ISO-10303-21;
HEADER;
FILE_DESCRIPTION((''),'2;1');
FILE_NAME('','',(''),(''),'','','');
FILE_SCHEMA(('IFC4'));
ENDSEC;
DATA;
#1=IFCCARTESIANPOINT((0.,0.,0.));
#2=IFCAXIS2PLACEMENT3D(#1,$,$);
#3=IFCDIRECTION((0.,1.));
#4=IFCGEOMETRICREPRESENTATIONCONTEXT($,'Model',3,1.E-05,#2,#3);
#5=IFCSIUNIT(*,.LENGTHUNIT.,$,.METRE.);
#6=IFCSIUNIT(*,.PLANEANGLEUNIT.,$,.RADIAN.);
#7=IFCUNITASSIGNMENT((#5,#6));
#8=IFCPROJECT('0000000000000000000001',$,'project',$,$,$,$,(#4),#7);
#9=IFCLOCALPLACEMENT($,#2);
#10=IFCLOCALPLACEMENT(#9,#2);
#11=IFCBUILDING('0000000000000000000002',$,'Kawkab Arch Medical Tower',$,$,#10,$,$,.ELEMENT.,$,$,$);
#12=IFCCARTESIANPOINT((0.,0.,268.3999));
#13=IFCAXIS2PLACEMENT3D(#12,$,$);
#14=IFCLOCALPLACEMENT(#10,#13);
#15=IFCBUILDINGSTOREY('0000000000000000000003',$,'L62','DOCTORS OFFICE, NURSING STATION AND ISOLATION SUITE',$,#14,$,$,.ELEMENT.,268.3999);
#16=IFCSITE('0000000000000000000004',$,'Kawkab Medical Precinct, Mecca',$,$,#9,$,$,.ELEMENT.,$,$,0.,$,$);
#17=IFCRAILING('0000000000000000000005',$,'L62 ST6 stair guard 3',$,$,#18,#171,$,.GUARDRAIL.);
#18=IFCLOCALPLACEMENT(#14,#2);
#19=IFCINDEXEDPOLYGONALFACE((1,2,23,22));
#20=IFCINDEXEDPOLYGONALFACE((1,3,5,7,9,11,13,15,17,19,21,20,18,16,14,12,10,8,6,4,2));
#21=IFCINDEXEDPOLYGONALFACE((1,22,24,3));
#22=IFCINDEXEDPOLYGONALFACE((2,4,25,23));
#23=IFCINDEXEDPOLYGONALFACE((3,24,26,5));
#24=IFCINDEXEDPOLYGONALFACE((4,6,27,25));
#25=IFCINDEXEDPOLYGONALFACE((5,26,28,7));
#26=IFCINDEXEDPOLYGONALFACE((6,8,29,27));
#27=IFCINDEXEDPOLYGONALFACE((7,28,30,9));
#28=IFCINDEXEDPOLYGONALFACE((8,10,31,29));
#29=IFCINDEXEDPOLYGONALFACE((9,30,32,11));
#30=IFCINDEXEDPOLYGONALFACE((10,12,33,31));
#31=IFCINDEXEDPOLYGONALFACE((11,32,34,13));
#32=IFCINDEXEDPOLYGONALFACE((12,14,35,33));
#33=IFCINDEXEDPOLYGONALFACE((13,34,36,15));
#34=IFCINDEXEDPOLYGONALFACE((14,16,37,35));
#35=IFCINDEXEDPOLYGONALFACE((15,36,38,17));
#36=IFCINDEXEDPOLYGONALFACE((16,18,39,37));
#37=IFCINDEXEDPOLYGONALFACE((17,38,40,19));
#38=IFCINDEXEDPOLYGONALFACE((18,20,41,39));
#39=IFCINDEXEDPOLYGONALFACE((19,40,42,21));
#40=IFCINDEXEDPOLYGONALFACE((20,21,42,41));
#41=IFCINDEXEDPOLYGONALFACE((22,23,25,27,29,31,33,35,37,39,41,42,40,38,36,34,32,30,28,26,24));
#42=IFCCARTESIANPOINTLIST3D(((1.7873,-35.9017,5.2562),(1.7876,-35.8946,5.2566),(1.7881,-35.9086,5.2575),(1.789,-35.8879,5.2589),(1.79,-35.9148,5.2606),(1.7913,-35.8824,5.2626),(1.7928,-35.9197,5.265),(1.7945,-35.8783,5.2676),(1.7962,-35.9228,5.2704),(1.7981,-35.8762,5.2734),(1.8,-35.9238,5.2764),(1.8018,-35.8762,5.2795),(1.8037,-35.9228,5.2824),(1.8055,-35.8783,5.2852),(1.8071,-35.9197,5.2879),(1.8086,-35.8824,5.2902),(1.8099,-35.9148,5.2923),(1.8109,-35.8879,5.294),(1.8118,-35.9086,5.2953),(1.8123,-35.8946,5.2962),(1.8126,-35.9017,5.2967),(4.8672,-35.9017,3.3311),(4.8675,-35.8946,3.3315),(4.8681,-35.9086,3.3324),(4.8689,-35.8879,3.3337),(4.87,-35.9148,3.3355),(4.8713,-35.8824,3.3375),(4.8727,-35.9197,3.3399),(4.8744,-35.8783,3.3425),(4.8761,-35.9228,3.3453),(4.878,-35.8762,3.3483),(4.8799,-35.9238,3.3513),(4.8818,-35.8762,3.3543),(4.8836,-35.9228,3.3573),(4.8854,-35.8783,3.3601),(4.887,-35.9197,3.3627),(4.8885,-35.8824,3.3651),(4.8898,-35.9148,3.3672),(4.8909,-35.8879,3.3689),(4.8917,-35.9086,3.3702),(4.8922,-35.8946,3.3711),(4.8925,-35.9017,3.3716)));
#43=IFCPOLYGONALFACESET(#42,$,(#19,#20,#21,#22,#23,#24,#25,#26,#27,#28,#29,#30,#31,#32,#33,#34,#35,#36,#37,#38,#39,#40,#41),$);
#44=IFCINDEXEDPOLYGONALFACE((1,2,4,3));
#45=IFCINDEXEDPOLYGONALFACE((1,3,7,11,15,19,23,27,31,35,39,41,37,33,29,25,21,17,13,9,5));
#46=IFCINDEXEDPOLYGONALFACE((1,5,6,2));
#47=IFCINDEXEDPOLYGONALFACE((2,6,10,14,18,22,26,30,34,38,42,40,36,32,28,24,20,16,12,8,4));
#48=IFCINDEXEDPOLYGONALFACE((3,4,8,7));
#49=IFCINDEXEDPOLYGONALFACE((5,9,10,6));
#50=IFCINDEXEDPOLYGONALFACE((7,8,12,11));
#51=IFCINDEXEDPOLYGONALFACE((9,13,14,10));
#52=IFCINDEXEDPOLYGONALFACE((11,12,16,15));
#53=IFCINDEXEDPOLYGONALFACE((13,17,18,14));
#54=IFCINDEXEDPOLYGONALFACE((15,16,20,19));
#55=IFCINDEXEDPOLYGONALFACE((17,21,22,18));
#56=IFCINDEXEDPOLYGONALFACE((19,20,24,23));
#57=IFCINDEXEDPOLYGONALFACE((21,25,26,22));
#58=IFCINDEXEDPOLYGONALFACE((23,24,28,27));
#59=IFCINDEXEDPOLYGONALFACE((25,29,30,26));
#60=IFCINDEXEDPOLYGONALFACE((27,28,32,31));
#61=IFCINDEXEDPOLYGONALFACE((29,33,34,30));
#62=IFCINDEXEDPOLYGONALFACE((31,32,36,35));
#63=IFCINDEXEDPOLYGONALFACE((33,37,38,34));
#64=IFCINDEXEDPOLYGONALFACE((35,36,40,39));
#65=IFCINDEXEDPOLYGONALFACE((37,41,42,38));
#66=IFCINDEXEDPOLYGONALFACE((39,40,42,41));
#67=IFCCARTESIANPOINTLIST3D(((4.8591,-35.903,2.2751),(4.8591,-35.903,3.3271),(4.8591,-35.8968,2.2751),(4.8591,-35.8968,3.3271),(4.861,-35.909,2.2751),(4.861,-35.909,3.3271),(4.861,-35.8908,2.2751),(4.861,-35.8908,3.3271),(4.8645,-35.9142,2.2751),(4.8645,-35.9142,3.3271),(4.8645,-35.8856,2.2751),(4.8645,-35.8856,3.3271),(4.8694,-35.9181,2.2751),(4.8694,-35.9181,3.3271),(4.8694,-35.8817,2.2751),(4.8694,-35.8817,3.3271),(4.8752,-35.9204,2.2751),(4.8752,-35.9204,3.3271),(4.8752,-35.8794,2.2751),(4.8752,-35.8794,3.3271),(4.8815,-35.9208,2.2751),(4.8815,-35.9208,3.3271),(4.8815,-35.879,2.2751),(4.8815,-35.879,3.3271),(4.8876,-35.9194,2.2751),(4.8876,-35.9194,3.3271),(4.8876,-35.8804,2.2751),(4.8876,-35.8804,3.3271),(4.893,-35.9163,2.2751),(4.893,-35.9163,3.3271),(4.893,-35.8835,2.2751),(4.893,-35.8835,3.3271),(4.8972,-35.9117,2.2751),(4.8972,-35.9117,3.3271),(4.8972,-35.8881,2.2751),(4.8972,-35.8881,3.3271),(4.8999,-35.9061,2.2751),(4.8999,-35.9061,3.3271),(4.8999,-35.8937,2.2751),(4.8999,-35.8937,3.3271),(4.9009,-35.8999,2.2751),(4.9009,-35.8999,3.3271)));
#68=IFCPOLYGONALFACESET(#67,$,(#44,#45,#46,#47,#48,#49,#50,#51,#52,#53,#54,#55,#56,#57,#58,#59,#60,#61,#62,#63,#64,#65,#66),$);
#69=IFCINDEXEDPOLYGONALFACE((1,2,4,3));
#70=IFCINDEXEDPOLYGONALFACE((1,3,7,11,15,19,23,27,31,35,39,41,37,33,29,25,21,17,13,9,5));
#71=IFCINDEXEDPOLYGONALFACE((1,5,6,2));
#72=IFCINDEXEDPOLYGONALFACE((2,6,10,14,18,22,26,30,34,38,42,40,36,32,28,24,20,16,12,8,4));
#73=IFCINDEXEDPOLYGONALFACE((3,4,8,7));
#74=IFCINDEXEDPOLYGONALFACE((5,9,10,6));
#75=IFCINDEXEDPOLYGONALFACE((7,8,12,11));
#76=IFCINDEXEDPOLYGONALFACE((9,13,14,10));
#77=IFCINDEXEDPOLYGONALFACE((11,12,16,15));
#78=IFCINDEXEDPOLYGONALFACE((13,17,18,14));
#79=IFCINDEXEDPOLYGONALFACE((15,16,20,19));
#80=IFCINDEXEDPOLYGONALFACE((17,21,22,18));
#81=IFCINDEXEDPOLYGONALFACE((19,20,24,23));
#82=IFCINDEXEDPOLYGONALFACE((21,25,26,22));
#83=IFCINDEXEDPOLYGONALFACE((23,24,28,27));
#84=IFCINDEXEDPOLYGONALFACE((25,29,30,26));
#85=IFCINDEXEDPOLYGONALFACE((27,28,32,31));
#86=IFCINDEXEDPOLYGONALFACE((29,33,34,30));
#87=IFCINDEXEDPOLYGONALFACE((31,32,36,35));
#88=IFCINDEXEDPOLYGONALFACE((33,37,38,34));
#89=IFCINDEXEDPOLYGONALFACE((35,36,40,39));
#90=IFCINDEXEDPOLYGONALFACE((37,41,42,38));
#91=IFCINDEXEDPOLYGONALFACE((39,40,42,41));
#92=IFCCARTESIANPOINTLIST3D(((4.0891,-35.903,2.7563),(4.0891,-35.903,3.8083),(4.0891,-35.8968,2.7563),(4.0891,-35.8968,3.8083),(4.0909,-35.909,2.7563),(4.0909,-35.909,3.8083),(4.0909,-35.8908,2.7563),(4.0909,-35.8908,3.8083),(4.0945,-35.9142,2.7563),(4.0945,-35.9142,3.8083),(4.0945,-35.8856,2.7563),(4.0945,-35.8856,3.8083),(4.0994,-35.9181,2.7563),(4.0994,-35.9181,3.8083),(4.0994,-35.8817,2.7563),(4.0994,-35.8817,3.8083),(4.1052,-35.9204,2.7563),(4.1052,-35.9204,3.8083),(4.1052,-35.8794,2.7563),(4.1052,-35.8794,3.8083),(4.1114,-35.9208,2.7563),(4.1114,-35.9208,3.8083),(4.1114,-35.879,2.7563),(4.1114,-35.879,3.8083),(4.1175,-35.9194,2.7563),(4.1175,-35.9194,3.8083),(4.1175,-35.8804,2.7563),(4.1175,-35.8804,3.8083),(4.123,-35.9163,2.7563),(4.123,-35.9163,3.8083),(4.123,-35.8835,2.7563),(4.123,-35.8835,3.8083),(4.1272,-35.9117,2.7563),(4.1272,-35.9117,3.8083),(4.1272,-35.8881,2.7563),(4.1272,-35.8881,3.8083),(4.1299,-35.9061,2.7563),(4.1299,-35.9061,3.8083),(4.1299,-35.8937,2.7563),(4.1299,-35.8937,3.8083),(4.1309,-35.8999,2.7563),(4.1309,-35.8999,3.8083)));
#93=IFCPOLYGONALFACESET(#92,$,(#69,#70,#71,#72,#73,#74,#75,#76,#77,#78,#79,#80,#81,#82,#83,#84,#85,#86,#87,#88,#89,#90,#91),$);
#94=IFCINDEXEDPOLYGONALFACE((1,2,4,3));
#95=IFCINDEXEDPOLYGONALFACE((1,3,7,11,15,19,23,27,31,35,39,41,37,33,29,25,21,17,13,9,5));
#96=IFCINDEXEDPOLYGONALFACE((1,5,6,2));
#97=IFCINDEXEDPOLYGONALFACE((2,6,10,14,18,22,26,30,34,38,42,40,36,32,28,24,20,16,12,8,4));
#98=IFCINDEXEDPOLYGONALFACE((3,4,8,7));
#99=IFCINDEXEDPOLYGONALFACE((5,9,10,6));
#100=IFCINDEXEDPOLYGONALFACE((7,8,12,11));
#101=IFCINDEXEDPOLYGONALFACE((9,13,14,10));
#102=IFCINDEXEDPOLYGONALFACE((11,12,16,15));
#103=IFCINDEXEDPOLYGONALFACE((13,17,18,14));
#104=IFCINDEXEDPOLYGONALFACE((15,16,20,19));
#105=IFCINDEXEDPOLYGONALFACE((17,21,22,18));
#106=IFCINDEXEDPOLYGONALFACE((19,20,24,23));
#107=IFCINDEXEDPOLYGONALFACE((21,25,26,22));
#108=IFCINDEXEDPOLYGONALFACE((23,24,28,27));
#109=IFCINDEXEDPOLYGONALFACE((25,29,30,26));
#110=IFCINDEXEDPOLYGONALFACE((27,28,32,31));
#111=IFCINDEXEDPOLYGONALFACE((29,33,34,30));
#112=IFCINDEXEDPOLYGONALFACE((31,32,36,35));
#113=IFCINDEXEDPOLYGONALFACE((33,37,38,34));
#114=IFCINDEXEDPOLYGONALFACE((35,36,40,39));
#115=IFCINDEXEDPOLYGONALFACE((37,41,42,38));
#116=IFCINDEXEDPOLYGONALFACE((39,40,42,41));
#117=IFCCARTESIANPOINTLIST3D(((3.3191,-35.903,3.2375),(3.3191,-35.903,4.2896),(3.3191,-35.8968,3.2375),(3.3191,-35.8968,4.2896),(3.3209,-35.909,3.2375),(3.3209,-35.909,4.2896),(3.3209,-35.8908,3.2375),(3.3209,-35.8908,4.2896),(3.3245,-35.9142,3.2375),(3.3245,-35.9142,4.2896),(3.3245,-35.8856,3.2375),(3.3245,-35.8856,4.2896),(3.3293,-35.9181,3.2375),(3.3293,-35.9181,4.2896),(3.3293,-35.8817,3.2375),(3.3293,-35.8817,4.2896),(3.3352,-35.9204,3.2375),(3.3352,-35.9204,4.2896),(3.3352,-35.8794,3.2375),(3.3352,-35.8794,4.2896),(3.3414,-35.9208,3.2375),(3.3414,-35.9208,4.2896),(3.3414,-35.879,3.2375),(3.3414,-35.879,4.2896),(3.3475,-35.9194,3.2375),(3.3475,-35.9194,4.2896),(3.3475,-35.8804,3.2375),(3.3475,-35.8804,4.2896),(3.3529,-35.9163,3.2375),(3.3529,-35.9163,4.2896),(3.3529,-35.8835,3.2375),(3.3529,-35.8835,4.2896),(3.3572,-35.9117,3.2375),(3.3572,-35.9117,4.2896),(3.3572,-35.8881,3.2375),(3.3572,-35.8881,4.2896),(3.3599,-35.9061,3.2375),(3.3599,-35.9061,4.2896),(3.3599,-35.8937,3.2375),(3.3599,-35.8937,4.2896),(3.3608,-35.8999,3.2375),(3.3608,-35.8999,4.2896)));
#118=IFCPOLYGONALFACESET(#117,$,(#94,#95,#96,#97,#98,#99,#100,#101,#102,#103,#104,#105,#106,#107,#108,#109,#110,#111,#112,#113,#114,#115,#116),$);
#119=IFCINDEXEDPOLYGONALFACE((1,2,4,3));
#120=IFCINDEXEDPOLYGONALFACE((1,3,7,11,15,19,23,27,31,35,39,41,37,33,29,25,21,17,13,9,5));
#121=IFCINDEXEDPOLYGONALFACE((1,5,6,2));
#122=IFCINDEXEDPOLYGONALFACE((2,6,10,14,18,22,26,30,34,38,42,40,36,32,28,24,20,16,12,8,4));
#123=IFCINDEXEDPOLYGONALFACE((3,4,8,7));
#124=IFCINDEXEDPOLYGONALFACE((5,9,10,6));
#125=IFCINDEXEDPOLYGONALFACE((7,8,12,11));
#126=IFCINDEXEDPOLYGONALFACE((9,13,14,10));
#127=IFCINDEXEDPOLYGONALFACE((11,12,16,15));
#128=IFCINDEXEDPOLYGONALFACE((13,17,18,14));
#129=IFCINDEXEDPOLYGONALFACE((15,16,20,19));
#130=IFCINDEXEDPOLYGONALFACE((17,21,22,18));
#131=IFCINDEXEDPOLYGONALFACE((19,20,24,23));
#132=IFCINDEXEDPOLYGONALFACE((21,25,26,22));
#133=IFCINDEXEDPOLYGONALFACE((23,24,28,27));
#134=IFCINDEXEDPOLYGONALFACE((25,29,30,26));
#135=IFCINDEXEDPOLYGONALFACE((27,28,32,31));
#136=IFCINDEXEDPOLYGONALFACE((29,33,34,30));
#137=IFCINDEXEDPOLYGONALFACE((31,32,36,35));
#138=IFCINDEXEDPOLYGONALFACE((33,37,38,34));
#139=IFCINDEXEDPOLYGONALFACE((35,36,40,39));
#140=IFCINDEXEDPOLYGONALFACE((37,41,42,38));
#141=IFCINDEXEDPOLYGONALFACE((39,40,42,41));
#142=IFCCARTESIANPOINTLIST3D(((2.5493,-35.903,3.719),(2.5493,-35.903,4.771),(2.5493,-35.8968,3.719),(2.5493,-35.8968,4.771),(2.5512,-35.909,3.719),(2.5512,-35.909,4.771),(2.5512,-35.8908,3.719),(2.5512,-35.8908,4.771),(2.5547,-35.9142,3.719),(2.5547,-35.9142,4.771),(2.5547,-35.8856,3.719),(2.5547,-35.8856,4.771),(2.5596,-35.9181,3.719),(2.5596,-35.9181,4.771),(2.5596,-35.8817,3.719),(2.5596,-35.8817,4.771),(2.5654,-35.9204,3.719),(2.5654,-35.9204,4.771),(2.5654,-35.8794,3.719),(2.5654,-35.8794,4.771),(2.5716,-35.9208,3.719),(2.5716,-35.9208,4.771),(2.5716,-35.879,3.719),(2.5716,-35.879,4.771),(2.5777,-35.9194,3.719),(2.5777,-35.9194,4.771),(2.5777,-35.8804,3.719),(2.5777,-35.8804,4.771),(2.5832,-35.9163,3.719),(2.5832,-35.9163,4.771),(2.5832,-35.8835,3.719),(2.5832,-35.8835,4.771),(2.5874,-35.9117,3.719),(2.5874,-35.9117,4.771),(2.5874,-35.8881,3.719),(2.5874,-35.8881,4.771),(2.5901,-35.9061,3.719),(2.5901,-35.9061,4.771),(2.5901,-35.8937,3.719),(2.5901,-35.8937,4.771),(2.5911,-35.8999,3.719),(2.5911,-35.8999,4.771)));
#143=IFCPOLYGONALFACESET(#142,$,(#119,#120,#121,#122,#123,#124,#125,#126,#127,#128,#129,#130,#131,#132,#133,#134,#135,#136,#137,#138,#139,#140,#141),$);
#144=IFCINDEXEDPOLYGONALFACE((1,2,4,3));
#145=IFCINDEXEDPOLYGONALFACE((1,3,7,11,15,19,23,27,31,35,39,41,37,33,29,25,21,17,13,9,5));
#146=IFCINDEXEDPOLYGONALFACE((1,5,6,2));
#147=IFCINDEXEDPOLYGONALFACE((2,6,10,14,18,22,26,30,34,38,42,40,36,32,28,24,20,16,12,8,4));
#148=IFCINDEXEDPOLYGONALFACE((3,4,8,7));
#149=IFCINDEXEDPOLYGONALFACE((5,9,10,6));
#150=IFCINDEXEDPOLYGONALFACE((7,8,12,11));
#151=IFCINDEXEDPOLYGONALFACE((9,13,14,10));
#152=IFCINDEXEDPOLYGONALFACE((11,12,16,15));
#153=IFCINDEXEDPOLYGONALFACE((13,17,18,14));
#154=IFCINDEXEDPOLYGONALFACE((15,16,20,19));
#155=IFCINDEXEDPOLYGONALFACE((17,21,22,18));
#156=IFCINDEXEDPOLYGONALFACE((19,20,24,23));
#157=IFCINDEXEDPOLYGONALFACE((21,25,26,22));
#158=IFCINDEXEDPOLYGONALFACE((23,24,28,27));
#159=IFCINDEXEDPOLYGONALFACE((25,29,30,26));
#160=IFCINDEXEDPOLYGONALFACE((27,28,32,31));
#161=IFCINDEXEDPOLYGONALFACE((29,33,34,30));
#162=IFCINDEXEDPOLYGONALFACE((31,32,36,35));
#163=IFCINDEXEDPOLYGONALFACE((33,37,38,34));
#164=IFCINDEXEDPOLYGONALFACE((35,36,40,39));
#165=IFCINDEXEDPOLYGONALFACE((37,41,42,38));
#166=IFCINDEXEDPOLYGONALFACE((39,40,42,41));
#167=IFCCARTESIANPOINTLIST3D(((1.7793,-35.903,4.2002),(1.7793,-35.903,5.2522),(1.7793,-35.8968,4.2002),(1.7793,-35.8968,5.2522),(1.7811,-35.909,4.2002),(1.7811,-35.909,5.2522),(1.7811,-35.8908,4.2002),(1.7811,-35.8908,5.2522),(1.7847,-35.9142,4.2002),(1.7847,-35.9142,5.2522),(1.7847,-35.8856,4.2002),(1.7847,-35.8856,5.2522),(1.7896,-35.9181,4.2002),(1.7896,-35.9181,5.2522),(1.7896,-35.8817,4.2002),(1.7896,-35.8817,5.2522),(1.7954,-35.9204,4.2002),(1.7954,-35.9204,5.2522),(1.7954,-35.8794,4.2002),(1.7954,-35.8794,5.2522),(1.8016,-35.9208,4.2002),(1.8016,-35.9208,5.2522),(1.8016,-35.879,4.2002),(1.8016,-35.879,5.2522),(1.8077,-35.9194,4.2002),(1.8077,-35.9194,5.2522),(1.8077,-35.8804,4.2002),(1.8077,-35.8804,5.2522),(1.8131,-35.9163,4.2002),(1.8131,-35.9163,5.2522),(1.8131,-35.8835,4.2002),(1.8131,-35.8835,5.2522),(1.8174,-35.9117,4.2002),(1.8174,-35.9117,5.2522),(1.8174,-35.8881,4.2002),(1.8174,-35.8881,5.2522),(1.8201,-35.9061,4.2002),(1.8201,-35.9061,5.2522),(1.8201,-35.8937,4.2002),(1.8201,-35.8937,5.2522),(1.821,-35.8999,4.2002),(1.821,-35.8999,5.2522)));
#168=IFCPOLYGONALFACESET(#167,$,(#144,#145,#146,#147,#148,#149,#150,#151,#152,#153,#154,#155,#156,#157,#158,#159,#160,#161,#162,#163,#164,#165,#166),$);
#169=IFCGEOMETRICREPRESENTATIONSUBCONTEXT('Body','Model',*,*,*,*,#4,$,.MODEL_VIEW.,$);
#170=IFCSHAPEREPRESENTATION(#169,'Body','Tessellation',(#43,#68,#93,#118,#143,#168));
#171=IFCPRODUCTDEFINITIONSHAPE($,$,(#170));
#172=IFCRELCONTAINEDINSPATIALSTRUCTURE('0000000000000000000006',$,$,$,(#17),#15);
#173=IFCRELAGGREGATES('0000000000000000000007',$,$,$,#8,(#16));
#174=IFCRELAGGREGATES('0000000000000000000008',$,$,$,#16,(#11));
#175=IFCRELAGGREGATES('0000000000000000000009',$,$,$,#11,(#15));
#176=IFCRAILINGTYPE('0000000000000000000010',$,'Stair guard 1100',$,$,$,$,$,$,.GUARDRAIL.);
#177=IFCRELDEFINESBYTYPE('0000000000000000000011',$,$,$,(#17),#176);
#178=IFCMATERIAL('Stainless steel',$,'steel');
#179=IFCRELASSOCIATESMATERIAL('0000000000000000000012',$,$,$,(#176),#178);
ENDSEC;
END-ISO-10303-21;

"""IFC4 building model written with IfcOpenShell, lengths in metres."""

from ifc_helpers import new_model, si_unit, direction, frame, origin, origin_2d, place, context, subcontext, project, spatial, circle, extrude, material, type_object, element, save


model = new_model("IFC4")

# Units and contexts
model_context = context("Model", 3, precision=1e-05, world=origin(), true_north=direction((0.0, 1.0)))
body_context = subcontext(model_context, "Body", "Model", "MODEL_VIEW")
ifc_project = project(units=[si_unit("LENGTHUNIT", "METRE"), si_unit("PLANEANGLEUNIT", "RADIAN")], contexts=[model_context])

# Site, building, storey
site_placement = place(None, origin())
site = spatial("IfcSite", under=ifc_project, at=site_placement, Name="Kawkab Medical Precinct, Mecca", CompositionType="ELEMENT", RefElevation=0.0)
building_placement = place(site_placement, origin())
building = spatial("IfcBuilding", under=site, at=building_placement, Name="Kawkab Arch Medical Tower", CompositionType="ELEMENT")
storey_placement = place(building_placement, frame((0.0, 0.0, 268.3999)))
storey = spatial("IfcBuildingStorey", under=building, at=storey_placement, Name="L62", Description="DOCTORS OFFICE, NURSING STATION AND ISOLATION SUITE", CompositionType="ELEMENT", Elevation=268.3999)

# Railing
ifc_material_1 = material(Name="Stainless steel", Category="steel")
railing_type = type_object("IfcRailingType", Name="Stair guard 1100", PredefinedType="GUARDRAIL", material=ifc_material_1)
railing_1_placement = place(storey_placement, frame((4.8799, -35.8999, 2.2751)))
element("IfcRailing", 1, at=railing_1_placement, inside=storey, type_object=railing_type, Name="L62 ST6 stair guard 3", PredefinedType="GUARDRAIL", context=body_context, shape_type="SweptSolid", body=[
    extrude(circle(Radius=0.0239, at=origin_2d()), frame((0.0, 0.0, 1.0762), z_axis=(-0.847979, 0.0, 0.530029), x_axis=(0.0, -1.0, 0.0)), (0.0, 0.0, 1.0), 3.6321),
    extrude(circle(Radius=0.021, at=origin_2d()), origin(), (0.0, 0.0, 1.0), 1.052),
    extrude(circle(Radius=0.021, at=origin_2d()), frame((-0.77, 0.0, 0.4812)), (0.0, 0.0, 1.0), 1.052),
    extrude(circle(Radius=0.021, at=origin_2d()), frame((-1.54, 0.0, 0.9624)), (0.0, 0.0, 1.0), 1.052),
    extrude(circle(Radius=0.021, at=origin_2d()), frame((-2.3098, 0.0, 1.4438)), (0.0, 0.0, 1.0), 1.052),
    extrude(circle(Radius=0.021, at=origin_2d()), frame((-3.0798, 0.0, 1.925)), (0.0, 0.0, 1.0), 1.052),
])

save(model, "model.ifc")
